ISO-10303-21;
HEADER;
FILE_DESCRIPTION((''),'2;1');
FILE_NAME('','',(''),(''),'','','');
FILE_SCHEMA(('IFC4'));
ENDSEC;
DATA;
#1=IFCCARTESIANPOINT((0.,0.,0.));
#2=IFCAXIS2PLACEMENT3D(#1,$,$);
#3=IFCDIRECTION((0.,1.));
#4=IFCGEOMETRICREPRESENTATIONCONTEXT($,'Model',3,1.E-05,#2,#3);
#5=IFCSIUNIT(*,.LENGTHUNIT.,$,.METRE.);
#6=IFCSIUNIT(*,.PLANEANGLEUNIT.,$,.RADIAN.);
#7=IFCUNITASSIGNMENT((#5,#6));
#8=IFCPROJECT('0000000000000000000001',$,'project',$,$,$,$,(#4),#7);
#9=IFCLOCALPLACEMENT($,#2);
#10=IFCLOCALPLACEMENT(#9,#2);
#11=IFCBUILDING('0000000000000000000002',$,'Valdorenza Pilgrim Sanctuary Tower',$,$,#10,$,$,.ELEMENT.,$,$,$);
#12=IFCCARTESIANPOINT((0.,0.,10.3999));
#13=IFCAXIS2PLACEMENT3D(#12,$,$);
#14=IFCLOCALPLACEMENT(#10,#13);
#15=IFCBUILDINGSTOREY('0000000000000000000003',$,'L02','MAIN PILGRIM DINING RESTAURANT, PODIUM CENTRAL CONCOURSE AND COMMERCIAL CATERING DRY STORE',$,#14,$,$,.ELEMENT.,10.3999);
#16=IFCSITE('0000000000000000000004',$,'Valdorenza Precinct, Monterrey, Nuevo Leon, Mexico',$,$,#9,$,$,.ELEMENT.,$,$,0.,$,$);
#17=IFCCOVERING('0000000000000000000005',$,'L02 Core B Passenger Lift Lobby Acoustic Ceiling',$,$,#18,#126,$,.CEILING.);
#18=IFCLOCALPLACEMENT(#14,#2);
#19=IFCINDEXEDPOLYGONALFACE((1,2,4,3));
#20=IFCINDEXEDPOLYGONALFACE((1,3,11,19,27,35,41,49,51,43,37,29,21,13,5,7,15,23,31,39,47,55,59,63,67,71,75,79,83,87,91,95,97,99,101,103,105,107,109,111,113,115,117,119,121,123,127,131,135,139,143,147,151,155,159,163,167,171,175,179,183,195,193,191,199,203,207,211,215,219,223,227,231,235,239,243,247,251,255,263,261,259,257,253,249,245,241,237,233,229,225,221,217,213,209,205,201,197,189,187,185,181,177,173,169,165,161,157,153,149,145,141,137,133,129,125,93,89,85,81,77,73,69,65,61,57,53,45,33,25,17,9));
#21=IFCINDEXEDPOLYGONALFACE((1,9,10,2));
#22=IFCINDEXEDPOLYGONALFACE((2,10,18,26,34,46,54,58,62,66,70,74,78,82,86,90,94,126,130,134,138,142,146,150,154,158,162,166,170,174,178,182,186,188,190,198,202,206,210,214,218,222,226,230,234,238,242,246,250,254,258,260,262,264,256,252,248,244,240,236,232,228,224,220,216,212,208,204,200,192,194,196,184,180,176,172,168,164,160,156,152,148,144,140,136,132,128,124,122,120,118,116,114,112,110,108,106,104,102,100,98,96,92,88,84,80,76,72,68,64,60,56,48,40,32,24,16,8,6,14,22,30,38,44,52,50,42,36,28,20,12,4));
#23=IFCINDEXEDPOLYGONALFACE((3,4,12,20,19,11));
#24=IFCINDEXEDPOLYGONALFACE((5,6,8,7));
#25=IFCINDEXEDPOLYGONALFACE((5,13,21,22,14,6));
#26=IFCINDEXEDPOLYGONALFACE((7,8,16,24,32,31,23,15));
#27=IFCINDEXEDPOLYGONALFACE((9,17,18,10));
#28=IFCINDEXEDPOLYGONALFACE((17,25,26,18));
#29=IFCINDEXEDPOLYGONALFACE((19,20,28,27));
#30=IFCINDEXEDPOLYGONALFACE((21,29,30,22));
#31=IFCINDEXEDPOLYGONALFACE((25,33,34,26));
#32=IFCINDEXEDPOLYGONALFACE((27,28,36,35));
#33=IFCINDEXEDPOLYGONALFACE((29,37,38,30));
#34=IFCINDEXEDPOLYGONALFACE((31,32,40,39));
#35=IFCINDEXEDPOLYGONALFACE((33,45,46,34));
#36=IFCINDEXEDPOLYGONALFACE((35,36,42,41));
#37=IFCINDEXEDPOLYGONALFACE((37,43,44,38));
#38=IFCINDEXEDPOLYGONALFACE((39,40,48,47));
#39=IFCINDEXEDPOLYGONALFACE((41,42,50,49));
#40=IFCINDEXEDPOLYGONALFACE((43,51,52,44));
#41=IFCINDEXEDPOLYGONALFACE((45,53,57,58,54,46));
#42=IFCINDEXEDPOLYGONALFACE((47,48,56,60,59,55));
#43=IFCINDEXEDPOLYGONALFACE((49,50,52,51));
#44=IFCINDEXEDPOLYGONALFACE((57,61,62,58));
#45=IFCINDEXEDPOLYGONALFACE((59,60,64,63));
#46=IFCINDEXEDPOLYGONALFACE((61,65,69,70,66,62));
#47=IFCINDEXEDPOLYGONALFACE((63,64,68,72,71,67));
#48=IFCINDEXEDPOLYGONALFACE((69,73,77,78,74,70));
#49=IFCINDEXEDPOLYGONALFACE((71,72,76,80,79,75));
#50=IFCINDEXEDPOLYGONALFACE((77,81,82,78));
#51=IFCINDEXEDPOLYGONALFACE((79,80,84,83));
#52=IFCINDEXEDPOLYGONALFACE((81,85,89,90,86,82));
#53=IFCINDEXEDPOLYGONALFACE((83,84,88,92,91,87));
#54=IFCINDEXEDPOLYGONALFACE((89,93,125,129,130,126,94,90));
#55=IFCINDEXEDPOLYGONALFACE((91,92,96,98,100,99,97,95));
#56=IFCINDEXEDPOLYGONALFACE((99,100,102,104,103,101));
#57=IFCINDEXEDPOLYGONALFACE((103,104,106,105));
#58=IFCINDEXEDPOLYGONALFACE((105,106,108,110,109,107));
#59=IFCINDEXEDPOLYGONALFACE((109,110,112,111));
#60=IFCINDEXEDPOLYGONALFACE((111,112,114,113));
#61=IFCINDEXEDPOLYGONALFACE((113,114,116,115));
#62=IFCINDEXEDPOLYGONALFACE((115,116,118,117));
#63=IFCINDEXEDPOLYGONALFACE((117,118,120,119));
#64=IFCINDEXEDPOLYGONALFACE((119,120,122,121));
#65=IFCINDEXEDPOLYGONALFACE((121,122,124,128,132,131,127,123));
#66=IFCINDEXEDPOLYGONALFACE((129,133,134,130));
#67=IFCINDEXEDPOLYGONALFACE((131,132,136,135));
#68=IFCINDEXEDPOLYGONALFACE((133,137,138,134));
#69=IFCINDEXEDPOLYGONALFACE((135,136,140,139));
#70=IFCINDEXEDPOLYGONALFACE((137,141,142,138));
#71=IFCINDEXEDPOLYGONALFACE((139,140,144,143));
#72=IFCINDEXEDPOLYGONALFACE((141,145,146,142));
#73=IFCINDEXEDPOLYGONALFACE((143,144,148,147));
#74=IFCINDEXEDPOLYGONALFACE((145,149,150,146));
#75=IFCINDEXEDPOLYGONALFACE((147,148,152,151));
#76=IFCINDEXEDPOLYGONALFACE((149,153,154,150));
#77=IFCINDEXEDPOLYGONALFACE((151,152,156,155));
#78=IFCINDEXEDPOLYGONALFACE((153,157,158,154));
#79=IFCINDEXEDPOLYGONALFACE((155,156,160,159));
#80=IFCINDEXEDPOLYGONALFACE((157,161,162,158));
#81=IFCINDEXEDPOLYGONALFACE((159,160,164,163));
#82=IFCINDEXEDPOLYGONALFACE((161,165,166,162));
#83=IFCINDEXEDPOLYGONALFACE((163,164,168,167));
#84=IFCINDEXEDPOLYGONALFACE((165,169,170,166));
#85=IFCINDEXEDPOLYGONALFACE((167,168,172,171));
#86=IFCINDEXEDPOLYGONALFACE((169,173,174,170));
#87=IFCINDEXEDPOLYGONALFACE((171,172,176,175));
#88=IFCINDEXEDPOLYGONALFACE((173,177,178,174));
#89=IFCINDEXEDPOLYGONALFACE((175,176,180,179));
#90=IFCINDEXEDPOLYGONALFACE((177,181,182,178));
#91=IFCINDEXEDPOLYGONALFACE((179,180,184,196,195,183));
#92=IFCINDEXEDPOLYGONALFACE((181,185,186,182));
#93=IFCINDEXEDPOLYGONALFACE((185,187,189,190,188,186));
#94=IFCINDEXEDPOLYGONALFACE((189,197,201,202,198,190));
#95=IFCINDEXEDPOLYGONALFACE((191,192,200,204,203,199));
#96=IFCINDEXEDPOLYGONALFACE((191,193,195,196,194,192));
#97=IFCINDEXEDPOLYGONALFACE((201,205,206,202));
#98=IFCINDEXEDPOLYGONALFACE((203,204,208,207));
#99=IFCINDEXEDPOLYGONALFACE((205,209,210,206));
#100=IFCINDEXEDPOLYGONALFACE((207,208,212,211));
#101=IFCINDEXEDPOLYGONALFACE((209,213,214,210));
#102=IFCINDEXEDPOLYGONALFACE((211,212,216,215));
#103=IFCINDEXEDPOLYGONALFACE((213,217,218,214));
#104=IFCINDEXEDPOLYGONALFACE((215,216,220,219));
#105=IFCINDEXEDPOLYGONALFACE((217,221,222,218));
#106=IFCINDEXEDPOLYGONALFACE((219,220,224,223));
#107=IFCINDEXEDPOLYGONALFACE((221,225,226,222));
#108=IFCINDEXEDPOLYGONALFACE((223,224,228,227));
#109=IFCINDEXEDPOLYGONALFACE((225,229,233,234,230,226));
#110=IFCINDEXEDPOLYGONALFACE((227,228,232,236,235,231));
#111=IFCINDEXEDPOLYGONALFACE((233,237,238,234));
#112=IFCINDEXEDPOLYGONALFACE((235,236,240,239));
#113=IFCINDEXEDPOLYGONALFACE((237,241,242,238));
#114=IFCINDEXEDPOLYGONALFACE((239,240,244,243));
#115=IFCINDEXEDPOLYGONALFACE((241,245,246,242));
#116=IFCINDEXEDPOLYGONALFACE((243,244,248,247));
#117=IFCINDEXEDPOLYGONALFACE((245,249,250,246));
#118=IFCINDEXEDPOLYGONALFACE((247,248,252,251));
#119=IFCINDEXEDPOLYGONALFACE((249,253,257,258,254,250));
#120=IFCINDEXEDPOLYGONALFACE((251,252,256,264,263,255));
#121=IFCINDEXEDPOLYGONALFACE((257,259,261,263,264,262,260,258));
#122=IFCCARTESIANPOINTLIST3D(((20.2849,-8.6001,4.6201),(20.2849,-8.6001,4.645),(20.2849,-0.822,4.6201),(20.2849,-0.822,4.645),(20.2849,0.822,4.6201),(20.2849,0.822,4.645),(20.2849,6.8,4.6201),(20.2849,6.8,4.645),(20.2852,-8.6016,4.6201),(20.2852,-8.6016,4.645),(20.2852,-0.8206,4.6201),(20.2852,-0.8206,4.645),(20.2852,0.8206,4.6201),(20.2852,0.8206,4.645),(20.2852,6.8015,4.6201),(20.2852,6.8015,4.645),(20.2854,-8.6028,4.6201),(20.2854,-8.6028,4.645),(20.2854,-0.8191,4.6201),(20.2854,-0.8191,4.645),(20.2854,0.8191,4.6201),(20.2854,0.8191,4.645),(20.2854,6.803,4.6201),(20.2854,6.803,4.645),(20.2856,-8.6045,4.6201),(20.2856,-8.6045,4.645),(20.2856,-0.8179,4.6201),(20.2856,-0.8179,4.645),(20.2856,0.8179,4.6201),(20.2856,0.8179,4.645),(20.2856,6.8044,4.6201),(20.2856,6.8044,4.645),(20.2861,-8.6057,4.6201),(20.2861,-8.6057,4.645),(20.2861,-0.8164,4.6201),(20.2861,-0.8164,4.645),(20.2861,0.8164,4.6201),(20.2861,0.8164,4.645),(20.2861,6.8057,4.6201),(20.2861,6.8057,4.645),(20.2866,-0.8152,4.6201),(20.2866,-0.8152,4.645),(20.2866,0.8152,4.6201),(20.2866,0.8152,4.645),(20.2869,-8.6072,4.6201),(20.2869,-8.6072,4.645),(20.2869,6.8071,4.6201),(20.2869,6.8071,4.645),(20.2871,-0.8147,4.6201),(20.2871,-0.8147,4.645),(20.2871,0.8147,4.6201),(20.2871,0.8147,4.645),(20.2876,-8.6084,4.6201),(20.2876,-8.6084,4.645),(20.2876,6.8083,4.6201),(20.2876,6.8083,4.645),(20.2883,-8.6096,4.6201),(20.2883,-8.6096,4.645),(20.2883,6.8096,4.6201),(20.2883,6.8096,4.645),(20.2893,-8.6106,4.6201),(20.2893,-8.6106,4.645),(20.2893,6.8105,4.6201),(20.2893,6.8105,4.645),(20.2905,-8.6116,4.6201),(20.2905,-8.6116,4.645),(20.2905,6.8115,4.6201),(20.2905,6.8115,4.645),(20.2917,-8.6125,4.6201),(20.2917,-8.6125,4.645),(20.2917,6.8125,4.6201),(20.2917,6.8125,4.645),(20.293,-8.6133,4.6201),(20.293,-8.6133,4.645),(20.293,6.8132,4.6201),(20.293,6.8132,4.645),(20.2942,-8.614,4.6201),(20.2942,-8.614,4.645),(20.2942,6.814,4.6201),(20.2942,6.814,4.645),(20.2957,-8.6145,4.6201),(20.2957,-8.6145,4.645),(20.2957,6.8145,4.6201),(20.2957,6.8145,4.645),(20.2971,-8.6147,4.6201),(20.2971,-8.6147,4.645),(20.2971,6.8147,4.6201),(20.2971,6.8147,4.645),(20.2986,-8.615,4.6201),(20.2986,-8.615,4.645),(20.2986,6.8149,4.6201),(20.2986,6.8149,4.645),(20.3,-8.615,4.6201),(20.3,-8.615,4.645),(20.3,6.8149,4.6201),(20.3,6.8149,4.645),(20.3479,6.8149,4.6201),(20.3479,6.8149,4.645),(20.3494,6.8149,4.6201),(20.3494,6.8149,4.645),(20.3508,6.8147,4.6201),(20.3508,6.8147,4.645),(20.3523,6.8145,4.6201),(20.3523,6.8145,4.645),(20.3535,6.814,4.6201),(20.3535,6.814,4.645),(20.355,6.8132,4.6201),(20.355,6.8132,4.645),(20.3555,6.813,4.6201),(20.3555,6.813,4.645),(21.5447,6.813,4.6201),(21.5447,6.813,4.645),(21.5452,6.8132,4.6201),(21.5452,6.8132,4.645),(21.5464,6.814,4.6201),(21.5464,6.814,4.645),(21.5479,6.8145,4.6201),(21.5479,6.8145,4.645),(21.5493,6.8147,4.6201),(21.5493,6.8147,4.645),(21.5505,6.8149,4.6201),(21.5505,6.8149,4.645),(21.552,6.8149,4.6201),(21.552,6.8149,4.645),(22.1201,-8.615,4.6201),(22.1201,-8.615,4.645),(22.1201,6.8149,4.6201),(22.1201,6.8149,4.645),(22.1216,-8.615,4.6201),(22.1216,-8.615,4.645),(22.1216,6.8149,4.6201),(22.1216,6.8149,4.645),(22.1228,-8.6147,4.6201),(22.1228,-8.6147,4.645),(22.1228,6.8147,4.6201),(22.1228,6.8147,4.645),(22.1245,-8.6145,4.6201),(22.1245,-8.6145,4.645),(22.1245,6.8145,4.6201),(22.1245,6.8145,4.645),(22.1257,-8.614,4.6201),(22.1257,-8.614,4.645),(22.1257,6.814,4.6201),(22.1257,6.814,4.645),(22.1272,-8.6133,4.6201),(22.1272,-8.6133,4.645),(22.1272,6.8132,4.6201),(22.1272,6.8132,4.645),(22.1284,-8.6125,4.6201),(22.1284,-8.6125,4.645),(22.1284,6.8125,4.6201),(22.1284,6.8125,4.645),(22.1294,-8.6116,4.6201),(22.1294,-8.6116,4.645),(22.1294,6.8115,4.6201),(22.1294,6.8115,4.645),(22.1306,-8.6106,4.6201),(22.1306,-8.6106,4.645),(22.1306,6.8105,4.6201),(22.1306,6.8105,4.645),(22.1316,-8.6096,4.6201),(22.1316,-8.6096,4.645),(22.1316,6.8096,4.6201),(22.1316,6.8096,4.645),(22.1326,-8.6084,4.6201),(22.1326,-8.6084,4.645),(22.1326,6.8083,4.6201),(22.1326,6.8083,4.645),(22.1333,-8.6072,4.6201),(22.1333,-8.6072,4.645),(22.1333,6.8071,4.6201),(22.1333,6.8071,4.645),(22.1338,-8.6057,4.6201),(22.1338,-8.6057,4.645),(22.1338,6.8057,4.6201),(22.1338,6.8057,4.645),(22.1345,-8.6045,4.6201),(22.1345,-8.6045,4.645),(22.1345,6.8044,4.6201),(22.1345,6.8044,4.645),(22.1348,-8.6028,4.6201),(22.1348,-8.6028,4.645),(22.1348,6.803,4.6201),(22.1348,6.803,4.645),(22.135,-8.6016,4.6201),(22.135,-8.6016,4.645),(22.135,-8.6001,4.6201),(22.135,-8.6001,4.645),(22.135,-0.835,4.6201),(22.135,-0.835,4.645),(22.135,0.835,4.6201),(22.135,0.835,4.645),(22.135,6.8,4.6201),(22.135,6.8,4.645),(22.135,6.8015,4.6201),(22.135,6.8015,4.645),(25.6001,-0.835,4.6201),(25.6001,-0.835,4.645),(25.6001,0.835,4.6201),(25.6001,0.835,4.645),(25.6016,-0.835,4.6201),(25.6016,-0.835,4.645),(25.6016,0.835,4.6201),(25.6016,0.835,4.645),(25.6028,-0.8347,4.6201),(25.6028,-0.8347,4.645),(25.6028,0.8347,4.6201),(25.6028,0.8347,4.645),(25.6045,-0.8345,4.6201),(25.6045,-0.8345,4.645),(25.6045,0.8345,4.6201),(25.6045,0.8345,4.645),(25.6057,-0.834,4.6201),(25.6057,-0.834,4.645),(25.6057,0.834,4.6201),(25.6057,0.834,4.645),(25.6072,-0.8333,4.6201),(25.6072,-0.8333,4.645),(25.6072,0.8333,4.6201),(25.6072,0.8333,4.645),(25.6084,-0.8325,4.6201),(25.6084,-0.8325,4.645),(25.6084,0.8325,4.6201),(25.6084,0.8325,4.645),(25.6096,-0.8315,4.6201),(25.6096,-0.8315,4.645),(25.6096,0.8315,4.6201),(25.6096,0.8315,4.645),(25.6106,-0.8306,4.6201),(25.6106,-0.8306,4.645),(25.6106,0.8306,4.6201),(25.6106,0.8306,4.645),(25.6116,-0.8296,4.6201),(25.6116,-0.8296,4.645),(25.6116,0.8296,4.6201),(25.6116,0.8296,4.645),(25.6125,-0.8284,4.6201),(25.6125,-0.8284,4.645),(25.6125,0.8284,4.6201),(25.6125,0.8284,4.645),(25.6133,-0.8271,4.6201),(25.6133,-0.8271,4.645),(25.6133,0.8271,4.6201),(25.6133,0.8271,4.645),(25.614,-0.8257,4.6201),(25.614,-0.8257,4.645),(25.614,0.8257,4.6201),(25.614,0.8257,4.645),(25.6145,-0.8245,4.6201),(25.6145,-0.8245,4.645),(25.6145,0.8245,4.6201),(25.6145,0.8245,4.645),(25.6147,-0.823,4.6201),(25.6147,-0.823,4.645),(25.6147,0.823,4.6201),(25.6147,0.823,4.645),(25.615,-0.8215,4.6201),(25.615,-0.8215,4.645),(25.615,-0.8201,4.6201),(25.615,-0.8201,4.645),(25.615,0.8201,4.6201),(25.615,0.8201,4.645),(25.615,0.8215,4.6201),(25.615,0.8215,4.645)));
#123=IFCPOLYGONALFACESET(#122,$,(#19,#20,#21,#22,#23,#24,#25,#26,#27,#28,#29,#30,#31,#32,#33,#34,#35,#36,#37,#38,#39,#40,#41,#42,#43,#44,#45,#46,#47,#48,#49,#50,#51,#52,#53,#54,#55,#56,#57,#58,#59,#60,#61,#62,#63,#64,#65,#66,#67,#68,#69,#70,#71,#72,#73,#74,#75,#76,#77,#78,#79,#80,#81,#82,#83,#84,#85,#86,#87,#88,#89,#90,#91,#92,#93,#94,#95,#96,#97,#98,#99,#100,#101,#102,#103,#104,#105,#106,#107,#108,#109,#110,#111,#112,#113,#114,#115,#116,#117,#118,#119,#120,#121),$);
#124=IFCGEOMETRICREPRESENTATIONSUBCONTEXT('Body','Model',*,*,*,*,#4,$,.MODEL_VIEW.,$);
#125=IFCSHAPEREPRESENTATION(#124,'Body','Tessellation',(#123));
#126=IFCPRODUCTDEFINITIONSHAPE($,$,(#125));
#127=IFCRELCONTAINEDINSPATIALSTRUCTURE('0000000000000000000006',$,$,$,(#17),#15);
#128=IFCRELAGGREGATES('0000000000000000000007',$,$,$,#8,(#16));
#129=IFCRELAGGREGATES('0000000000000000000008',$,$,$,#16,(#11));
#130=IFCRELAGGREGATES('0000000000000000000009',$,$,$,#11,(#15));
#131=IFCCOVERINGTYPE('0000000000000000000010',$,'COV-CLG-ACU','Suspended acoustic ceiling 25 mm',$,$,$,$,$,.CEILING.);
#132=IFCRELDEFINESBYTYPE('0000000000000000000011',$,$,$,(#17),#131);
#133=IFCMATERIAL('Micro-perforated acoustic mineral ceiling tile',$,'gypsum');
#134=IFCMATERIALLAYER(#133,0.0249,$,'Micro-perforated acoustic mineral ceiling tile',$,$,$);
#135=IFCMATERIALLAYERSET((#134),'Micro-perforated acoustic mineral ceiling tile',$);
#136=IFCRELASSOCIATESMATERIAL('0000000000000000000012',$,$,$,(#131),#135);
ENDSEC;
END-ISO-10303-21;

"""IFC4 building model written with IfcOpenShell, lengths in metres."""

from ifc_helpers import new_model, si_unit, direction, frame, origin, place, context, subcontext, project, spatial, polyline, outline, extrude, material, layer, layer_set, type_object, element, save


model = new_model("IFC4")

# Units and contexts
model_context = context("Model", 3, precision=1e-05, world=origin(), true_north=direction((0.0, 1.0)))
body_context = subcontext(model_context, "Body", "Model", "MODEL_VIEW")
ifc_project = project(units=[si_unit("LENGTHUNIT", "METRE"), si_unit("PLANEANGLEUNIT", "RADIAN")], contexts=[model_context])

# Site, building, storey
site_placement = place(None, origin())
site = spatial("IfcSite", under=ifc_project, at=site_placement, Name="Valdorenza Precinct, Monterrey, Nuevo Leon, Mexico", CompositionType="ELEMENT", RefElevation=0.0)
building_placement = place(site_placement, origin())
building = spatial("IfcBuilding", under=site, at=building_placement, Name="Valdorenza Pilgrim Sanctuary Tower", CompositionType="ELEMENT")
storey_placement = place(building_placement, frame((0.0, 0.0, 10.3999)))
storey = spatial("IfcBuildingStorey", under=building, at=storey_placement, Name="L02", Description="MAIN PILGRIM DINING RESTAURANT, PODIUM CENTRAL CONCOURSE AND COMMERCIAL CATERING DRY STORE", CompositionType="ELEMENT", Elevation=10.3999)

# Covering
ifc_material_1 = material(Name="Micro-perforated acoustic mineral ceiling tile", Category="gypsum")
ifc_layer_1 = layer(ifc_material_1, 0.0249, Name="Micro-perforated acoustic mineral ceiling tile")
ifc_layer_set_1 = layer_set([ifc_layer_1], Name="Micro-perforated acoustic mineral ceiling tile")
covering_type_1 = type_object("IfcCoveringType", Name="COV-CLG-ACU", Description="Suspended acoustic ceiling 25 mm", PredefinedType="CEILING", material=ifc_layer_set_1)
covering_1_placement = place(storey_placement, frame((0.0, 0.0, 4.6201)))
element("IfcCovering", 1, at=covering_1_placement, inside=storey, type_object=covering_type_1, Name="L02 Core B Passenger Lift Lobby Acoustic Ceiling", PredefinedType="CEILING", context=body_context, shape_type="SweptSolid", body=[
    extrude(outline(polyline([(20.2871, -0.8147), (20.2871, 0.8147), (20.2866, 0.8152), (20.2861, 0.8164), (20.2856, 0.8179), (20.2854, 0.8191), (20.2852, 0.8206), (20.2849, 0.822), (20.2849, 6.8), (20.2852, 6.8015), (20.2854, 6.803), (20.2856, 6.8044), (20.2861, 6.8057), (20.2869, 6.8071), (20.2876, 6.8083), (20.2883, 6.8096), (20.2893, 6.8105), (20.2905, 6.8115), (20.2917, 6.8125), (20.293, 6.8132), (20.2942, 6.814), (20.2957, 6.8145), (20.2971, 6.8147), (20.2986, 6.8149), (20.3, 6.8149), (20.3479, 6.8149), (20.3494, 6.8149), (20.3508, 6.8147), (20.3523, 6.8145), (20.3535, 6.814), (20.355, 6.8132), (20.3555, 6.813), (21.5447, 6.813), (21.5452, 6.8132), (21.5464, 6.814), (21.5479, 6.8145), (21.5493, 6.8147), (21.5505, 6.8149), (21.552, 6.8149), (22.1201, 6.8149), (22.1216, 6.8149), (22.1228, 6.8147), (22.1245, 6.8145), (22.1257, 6.814), (22.1272, 6.8132), (22.1284, 6.8125), (22.1294, 6.8115), (22.1306, 6.8105), (22.1316, 6.8096), (22.1326, 6.8083), (22.1333, 6.8071), (22.1338, 6.8057), (22.1345, 6.8044), (22.1348, 6.803), (22.135, 6.8015), (22.135, 6.8), (22.135, 0.835), (25.6001, 0.835), (25.6016, 0.835), (25.6028, 0.8347), (25.6045, 0.8345), (25.6057, 0.834), (25.6072, 0.8333), (25.6084, 0.8325), (25.6096, 0.8315), (25.6106, 0.8306), (25.6116, 0.8296), (25.6125, 0.8284), (25.6133, 0.8271), (25.614, 0.8257), (25.6145, 0.8245), (25.6147, 0.823), (25.615, 0.8215), (25.615, 0.8201), (25.615, -0.8201), (25.615, -0.8215), (25.6147, -0.823), (25.6145, -0.8245), (25.614, -0.8257), (25.6133, -0.8271), (25.6125, -0.8284), (25.6116, -0.8296), (25.6106, -0.8306), (25.6096, -0.8315), (25.6084, -0.8325), (25.6072, -0.8333), (25.6057, -0.834), (25.6045, -0.8345), (25.6028, -0.8347), (25.6016, -0.835), (25.6001, -0.835), (22.135, -0.835), (22.135, -8.6001), (22.135, -8.6016), (22.1348, -8.6028), (22.1345, -8.6045), (22.1338, -8.6057), (22.1333, -8.6072), (22.1326, -8.6084), (22.1316, -8.6096), (22.1306, -8.6106), (22.1294, -8.6116), (22.1284, -8.6125), (22.1272, -8.6133), (22.1257, -8.614), (22.1245, -8.6145), (22.1228, -8.6147), (22.1216, -8.615), (22.1201, -8.615), (20.3, -8.615), (20.2986, -8.615), (20.2971, -8.6147), (20.2957, -8.6145), (20.2942, -8.614), (20.293, -8.6133), (20.2917, -8.6125), (20.2905, -8.6116), (20.2893, -8.6106), (20.2883, -8.6096), (20.2876, -8.6084), (20.2869, -8.6072), (20.2861, -8.6057), (20.2856, -8.6045), (20.2854, -8.6028), (20.2852, -8.6016), (20.2849, -8.6001), (20.2849, -0.822), (20.2852, -0.8206), (20.2854, -0.8191), (20.2856, -0.8179), (20.2861, -0.8164), (20.2866, -0.8152), (20.2871, -0.8147)])), origin(), (0.0, 0.0, 1.0), 0.0249),
])

save(model, "model.ifc")
